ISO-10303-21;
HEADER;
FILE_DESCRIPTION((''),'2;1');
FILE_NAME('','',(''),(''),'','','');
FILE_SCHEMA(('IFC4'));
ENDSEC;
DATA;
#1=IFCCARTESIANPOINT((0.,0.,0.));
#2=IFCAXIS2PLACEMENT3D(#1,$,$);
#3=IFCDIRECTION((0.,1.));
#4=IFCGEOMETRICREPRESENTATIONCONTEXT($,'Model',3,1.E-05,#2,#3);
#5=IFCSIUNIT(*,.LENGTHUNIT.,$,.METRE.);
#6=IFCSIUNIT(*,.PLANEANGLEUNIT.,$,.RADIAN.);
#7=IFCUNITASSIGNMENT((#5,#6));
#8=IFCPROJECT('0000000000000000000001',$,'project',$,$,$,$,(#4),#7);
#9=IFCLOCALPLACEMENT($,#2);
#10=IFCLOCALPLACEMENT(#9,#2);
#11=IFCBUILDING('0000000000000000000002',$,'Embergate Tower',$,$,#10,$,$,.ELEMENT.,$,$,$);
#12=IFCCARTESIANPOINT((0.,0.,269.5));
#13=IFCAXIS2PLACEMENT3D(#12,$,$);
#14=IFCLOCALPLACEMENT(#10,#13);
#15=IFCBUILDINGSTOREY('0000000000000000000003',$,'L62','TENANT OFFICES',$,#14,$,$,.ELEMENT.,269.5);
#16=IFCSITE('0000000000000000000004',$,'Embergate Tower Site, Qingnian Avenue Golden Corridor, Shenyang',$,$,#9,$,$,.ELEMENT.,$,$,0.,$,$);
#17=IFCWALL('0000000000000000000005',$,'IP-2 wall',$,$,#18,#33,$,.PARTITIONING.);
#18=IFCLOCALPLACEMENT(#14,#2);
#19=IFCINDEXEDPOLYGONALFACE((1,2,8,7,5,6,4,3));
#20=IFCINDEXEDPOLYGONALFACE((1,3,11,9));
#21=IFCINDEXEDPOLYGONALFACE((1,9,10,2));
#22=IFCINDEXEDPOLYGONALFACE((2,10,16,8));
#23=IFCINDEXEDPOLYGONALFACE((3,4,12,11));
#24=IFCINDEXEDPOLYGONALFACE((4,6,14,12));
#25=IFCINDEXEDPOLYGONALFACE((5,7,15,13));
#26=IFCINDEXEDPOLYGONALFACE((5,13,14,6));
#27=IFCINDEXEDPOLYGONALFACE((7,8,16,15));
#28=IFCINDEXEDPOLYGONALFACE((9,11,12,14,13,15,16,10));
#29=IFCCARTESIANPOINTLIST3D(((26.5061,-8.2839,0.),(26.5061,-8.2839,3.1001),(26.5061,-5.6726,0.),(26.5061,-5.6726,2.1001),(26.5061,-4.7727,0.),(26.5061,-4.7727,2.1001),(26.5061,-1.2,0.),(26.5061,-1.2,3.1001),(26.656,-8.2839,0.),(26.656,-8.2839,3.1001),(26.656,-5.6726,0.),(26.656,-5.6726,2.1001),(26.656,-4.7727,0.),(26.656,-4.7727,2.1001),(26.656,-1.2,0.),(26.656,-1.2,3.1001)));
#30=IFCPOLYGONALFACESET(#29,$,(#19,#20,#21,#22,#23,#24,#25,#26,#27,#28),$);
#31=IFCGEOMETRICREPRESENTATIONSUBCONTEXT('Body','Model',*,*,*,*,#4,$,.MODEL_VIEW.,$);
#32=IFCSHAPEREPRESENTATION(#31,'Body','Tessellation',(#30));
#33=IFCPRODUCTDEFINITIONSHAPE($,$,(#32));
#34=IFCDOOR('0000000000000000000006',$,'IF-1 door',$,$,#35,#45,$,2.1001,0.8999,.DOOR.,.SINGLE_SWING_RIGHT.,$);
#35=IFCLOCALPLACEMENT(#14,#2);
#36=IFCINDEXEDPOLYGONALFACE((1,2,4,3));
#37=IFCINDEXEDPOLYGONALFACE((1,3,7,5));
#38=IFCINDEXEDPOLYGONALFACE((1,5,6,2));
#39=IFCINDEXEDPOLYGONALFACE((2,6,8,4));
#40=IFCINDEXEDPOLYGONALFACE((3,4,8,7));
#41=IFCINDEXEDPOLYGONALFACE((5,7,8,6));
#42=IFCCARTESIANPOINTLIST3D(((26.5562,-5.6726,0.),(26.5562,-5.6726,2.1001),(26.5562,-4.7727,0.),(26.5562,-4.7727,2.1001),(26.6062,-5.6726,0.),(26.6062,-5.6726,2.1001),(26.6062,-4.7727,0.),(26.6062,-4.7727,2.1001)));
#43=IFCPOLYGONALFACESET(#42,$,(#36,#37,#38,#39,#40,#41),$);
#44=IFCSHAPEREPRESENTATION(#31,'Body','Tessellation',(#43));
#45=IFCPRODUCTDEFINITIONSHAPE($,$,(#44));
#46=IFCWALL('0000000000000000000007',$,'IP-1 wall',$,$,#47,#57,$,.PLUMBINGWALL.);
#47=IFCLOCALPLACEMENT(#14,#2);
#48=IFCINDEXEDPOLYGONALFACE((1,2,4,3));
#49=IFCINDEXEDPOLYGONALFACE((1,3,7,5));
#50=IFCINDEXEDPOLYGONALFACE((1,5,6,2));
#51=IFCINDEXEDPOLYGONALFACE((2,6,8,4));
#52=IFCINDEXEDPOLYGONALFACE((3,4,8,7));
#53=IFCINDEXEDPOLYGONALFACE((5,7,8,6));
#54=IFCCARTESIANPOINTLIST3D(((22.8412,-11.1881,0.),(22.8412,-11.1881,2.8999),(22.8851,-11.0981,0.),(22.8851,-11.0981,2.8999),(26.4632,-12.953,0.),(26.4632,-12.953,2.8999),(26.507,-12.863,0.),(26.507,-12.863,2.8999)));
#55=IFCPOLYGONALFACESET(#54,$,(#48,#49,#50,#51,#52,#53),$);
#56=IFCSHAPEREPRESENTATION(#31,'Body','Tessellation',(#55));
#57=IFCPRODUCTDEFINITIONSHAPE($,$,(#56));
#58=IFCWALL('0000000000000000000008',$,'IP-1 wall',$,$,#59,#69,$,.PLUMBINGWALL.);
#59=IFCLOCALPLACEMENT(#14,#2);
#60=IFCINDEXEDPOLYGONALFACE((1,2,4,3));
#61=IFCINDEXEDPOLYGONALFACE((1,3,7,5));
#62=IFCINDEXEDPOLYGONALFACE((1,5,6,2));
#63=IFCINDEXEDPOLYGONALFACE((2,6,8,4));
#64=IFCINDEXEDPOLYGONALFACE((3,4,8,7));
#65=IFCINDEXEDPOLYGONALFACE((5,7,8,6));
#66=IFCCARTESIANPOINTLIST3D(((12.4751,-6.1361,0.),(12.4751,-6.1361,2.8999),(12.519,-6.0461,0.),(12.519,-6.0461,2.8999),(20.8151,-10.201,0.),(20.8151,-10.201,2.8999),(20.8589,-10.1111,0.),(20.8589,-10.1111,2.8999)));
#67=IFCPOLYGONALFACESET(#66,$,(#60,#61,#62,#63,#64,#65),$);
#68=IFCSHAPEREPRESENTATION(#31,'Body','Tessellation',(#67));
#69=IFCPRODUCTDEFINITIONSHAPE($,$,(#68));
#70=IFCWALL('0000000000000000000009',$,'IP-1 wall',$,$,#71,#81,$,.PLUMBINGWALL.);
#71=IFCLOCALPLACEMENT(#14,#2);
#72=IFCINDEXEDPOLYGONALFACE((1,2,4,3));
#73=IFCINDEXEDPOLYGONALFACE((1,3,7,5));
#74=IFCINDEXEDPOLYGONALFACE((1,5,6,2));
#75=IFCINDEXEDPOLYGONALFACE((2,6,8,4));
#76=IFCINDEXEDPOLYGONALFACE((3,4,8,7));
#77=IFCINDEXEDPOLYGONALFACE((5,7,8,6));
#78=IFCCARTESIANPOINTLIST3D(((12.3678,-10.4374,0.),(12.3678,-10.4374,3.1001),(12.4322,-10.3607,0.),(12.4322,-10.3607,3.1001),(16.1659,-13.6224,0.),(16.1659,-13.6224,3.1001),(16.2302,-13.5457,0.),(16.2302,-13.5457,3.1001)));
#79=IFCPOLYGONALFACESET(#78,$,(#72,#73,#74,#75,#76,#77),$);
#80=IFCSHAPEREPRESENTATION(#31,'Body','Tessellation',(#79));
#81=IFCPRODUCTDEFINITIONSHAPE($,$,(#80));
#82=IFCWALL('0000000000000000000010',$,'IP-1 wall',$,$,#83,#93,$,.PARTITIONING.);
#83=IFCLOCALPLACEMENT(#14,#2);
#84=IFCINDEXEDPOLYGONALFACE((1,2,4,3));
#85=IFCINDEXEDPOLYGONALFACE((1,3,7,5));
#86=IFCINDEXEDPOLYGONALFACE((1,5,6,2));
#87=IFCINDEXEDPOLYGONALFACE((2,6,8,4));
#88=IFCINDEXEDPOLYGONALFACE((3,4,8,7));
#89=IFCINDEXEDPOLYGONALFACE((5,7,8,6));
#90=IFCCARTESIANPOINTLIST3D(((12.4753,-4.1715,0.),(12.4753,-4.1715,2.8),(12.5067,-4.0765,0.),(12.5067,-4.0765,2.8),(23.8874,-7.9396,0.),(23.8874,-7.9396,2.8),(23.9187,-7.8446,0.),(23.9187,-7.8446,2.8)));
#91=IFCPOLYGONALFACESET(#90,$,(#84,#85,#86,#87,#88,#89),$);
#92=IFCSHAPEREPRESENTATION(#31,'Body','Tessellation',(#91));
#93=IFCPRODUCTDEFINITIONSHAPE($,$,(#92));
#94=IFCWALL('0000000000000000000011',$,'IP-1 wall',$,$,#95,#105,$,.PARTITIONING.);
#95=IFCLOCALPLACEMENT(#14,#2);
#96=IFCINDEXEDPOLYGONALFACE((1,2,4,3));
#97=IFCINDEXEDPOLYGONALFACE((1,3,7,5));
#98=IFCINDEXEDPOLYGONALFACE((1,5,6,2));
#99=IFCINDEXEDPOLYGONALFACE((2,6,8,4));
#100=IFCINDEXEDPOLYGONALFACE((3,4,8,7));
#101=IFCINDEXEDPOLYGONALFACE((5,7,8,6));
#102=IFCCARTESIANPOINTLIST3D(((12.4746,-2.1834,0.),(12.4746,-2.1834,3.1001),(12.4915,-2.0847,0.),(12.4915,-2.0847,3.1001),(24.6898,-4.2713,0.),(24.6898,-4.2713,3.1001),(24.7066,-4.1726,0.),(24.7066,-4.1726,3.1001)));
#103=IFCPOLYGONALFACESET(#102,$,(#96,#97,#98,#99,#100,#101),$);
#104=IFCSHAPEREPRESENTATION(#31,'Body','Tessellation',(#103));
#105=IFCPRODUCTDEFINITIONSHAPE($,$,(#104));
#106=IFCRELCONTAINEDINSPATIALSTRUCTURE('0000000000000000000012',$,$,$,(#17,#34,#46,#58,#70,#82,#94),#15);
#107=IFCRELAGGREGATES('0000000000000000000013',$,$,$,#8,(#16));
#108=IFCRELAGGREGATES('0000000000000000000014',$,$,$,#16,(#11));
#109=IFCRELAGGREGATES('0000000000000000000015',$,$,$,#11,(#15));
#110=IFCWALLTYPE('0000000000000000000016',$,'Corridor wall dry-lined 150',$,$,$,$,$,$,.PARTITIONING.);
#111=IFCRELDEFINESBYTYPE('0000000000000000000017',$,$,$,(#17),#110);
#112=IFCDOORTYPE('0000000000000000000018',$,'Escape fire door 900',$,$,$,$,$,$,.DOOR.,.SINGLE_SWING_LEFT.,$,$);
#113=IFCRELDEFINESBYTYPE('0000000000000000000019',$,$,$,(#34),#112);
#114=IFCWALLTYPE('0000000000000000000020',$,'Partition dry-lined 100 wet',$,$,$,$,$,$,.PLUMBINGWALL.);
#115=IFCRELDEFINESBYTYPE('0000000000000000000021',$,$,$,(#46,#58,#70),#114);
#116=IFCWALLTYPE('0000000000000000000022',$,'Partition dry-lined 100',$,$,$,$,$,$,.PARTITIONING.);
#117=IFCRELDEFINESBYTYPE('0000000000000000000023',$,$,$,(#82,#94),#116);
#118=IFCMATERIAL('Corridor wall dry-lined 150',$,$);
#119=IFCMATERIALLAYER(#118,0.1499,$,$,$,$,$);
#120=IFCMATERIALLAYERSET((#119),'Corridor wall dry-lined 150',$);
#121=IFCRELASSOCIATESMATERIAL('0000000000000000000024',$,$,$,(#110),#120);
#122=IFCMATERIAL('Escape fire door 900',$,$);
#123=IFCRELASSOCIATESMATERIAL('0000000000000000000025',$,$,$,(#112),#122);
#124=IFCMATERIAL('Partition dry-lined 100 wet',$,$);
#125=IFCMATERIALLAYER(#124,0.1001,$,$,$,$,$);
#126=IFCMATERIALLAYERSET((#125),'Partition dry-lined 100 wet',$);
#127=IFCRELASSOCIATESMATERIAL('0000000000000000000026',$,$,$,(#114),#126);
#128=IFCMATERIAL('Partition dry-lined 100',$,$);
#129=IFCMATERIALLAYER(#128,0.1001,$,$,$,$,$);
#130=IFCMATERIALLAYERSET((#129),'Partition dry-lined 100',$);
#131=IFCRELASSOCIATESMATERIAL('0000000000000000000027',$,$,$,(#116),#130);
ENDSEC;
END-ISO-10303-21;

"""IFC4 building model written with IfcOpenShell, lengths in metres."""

from ifc_helpers import new_model, si_unit, direction, frame, frame_2d, origin, place, context, subcontext, project, spatial, rectangle, extrude, source, transform, mapped, material, layer, layer_set, type_object, element, fill, save


model = new_model("IFC4")

# Units and contexts
model_context = context("Model", 3, precision=1e-05, world=origin(), true_north=direction((0.0, 1.0)))
body_context = subcontext(model_context, "Body", "Model", "MODEL_VIEW")
ifc_project = project(units=[si_unit("LENGTHUNIT", "METRE"), si_unit("PLANEANGLEUNIT", "RADIAN")], contexts=[model_context])

# Site, building, storey
site_placement = place(None, origin())
site = spatial("IfcSite", under=ifc_project, at=site_placement, Name="Embergate Tower Site, Qingnian Avenue Golden Corridor, Shenyang", CompositionType="ELEMENT", RefElevation=0.0)
building_placement = place(site_placement, origin())
building = spatial("IfcBuilding", under=site, at=building_placement, Name="Embergate Tower", CompositionType="ELEMENT")
storey_placement = place(building_placement, frame((0.0, 0.0, 269.5)))
storey = spatial("IfcBuildingStorey", under=building, at=storey_placement, Name="L62", Description="TENANT OFFICES", CompositionType="ELEMENT", Elevation=269.5)

# Shared definitions
ifc_material_1 = material(Name="Corridor wall dry-lined 150")
ifc_layer_1 = layer(ifc_material_1, 0.1499)
ifc_layer_set_1 = layer_set([ifc_layer_1], Name="Corridor wall dry-lined 150")
wall_type_1 = type_object("IfcWallType", Name="Corridor wall dry-lined 150", PredefinedType="PARTITIONING", material=ifc_layer_set_1)
shared_shape_1 = source(origin(), body_context, "Body", "SweptSolid", [
    extrude(rectangle(XDim=0.8999, YDim=2.1001, at=frame_2d((0.45, 1.05))), frame((0.0, 0.085, 0.0), z_axis=(0.0, -1.0, 0.0), x_axis=(1.0, 0.0, 0.0)), (0.0, 0.0, 1.0), 0.1699),
])
ifc_material_2 = material(Name="Escape fire door 900")
door_type = type_object("IfcDoorType", Name="Escape fire door 900", OperationType="SINGLE_SWING_LEFT", PredefinedType="DOOR", material=ifc_material_2)
shared_shape_2 = source(origin(), body_context, "Body", "SweptSolid", [
    extrude(rectangle(XDim=0.8999, YDim=2.1001, at=frame_2d((0.45, 1.05))), frame((0.0, 0.0249, 0.0), z_axis=(0.0, -1.0, 0.0), x_axis=(1.0, 0.0, 0.0)), (0.0, 0.0, 1.0), 0.05),
])

# Wall, opening, door
shared_shape_3 = source(origin(), body_context, "Body", "SweptSolid", [
    extrude(rectangle(XDim=7.084, YDim=0.1499, at=frame_2d((3.542, 0.0))), origin(), (0.0, 0.0, 1.0), 3.1001),
])
wall_1_placement = place(storey_placement, frame((26.5811, -8.2839, 0.0), z_axis=(0.0, 0.0, 1.0), x_axis=(0.0, 1.0, 0.0)))
wall_1 = element("IfcWall", 1, at=wall_1_placement, inside=storey, type_object=wall_type_1, Name="IP-2 wall", PredefinedType="PARTITIONING", context=body_context, shape_type="MappedRepresentation", body=[
    mapped(shared_shape_3, transform((0.0, 0.0, 0.0))),
])
opening_1_placement = place(wall_1_placement, frame((2.6113, 0.0, 0.0)))
opening_1 = element("IfcOpeningElement", 2, at=opening_1_placement, cuts=wall_1, PredefinedType="OPENING", context=body_context, shape_type="MappedRepresentation", body=[
    mapped(shared_shape_1, transform((0.0, 0.0, 0.0))),
])
door_1_placement = place(opening_1_placement, origin())
door_1 = element("IfcDoor", 3, at=door_1_placement, inside=storey, type_object=door_type, Name="IF-1 door", OperationType="SINGLE_SWING_RIGHT", OverallHeight=2.1001, OverallWidth=0.8999, PredefinedType="DOOR", context=body_context, shape_type="MappedRepresentation", body=[
    mapped(shared_shape_2, transform((0.0, 0.0, 0.0))),
])
fill(opening_1, door_1)

# Walls
ifc_material_3 = material(Name="Partition dry-lined 100 wet")
ifc_layer_2 = layer(ifc_material_3, 0.1001)
ifc_layer_set_2 = layer_set([ifc_layer_2], Name="Partition dry-lined 100 wet")
wall_type_2 = type_object("IfcWallType", Name="Partition dry-lined 100 wet", PredefinedType="PLUMBINGWALL", material=ifc_layer_set_2)
shared_shape_4 = source(origin(), body_context, "Body", "SweptSolid", [
    extrude(rectangle(XDim=4.0291, YDim=0.1001, at=frame_2d((2.0146, 0.0))), origin(), (0.0, 0.0, 1.0), 2.8999),
])
wall_2_placement = place(storey_placement, frame((22.863, -11.1431, 0.0), z_axis=(0.0, 0.0, 1.0), x_axis=(0.898961, -0.438028, 0.0)))
element("IfcWall", 4, at=wall_2_placement, inside=storey, type_object=wall_type_2, Name="IP-1 wall", PredefinedType="PLUMBINGWALL", context=body_context, shape_type="MappedRepresentation", body=[
    mapped(shared_shape_4, transform((0.0, 0.0, 0.0))),
])
shared_shape_5 = source(origin(), body_context, "Body", "SweptSolid", [
    extrude(rectangle(XDim=9.2778, YDim=0.1001, at=frame_2d((4.6389, 0.0))), origin(), (0.0, 0.0, 1.0), 2.8999),
])
wall_3_placement = place(storey_placement, frame((12.4971, -6.0911, 0.0), z_axis=(0.0, 0.0, 1.0), x_axis=(0.898907, -0.438138, 0.0)))
element("IfcWall", 5, at=wall_3_placement, inside=storey, type_object=wall_type_2, Name="IP-1 wall", PredefinedType="PLUMBINGWALL", context=body_context, shape_type="MappedRepresentation", body=[
    mapped(shared_shape_5, transform((0.0, 0.0, 0.0))),
])
shared_shape_6 = source(origin(), body_context, "Body", "SweptSolid", [
    extrude(rectangle(XDim=4.9568, YDim=0.1001, at=frame_2d((2.4785, 0.0))), origin(), (0.0, 0.0, 1.0), 3.1001),
])
wall_4_placement = place(storey_placement, frame((12.3999, -10.3989, 0.0), z_axis=(0.0, 0.0, 1.0), x_axis=(0.766235, -0.64256, 0.0)))
element("IfcWall", 6, at=wall_4_placement, inside=storey, type_object=wall_type_2, Name="IP-1 wall", PredefinedType="PLUMBINGWALL", context=body_context, shape_type="MappedRepresentation", body=[
    mapped(shared_shape_6, transform((0.0, 0.0, 0.0))),
])
ifc_material_4 = material(Name="Partition dry-lined 100")
ifc_layer_3 = layer(ifc_material_4, 0.1001)
ifc_layer_set_3 = layer_set([ifc_layer_3], Name="Partition dry-lined 100")
wall_type_3 = type_object("IfcWallType", Name="Partition dry-lined 100", PredefinedType="PARTITIONING", material=ifc_layer_set_3)
shared_shape_7 = source(origin(), body_context, "Body", "SweptSolid", [
    extrude(rectangle(XDim=12.0181, YDim=0.1001, at=frame_2d((6.009, 0.0))), origin(), (0.0, 0.0, 1.0), 2.8),
])
wall_5_placement = place(storey_placement, frame((12.491, -4.124, 0.0), z_axis=(0.0, 0.0, 1.0), x_axis=(0.949577, -0.313533, 0.0)))
element("IfcWall", 7, at=wall_5_placement, inside=storey, type_object=wall_type_3, Name="IP-1 wall", PredefinedType="PARTITIONING", context=body_context, shape_type="MappedRepresentation", body=[
    mapped(shared_shape_7, transform((0.0, 0.0, 0.0))),
])
shared_shape_8 = source(origin(), body_context, "Body", "SweptSolid", [
    extrude(rectangle(XDim=12.3923, YDim=0.1001, at=frame_2d((6.1963, 0.0))), origin(), (0.0, 0.0, 1.0), 3.1001),
])
wall_6_placement = place(storey_placement, frame((12.4829, -2.134, 0.0), z_axis=(0.0, 0.0, 1.0), x_axis=(0.985704, -0.168484, 0.0)))
element("IfcWall", 8, at=wall_6_placement, inside=storey, type_object=wall_type_3, Name="IP-1 wall", PredefinedType="PARTITIONING", context=body_context, shape_type="MappedRepresentation", body=[
    mapped(shared_shape_8, transform((0.0, 0.0, 0.0))),
])

save(model, "model.ifc")
